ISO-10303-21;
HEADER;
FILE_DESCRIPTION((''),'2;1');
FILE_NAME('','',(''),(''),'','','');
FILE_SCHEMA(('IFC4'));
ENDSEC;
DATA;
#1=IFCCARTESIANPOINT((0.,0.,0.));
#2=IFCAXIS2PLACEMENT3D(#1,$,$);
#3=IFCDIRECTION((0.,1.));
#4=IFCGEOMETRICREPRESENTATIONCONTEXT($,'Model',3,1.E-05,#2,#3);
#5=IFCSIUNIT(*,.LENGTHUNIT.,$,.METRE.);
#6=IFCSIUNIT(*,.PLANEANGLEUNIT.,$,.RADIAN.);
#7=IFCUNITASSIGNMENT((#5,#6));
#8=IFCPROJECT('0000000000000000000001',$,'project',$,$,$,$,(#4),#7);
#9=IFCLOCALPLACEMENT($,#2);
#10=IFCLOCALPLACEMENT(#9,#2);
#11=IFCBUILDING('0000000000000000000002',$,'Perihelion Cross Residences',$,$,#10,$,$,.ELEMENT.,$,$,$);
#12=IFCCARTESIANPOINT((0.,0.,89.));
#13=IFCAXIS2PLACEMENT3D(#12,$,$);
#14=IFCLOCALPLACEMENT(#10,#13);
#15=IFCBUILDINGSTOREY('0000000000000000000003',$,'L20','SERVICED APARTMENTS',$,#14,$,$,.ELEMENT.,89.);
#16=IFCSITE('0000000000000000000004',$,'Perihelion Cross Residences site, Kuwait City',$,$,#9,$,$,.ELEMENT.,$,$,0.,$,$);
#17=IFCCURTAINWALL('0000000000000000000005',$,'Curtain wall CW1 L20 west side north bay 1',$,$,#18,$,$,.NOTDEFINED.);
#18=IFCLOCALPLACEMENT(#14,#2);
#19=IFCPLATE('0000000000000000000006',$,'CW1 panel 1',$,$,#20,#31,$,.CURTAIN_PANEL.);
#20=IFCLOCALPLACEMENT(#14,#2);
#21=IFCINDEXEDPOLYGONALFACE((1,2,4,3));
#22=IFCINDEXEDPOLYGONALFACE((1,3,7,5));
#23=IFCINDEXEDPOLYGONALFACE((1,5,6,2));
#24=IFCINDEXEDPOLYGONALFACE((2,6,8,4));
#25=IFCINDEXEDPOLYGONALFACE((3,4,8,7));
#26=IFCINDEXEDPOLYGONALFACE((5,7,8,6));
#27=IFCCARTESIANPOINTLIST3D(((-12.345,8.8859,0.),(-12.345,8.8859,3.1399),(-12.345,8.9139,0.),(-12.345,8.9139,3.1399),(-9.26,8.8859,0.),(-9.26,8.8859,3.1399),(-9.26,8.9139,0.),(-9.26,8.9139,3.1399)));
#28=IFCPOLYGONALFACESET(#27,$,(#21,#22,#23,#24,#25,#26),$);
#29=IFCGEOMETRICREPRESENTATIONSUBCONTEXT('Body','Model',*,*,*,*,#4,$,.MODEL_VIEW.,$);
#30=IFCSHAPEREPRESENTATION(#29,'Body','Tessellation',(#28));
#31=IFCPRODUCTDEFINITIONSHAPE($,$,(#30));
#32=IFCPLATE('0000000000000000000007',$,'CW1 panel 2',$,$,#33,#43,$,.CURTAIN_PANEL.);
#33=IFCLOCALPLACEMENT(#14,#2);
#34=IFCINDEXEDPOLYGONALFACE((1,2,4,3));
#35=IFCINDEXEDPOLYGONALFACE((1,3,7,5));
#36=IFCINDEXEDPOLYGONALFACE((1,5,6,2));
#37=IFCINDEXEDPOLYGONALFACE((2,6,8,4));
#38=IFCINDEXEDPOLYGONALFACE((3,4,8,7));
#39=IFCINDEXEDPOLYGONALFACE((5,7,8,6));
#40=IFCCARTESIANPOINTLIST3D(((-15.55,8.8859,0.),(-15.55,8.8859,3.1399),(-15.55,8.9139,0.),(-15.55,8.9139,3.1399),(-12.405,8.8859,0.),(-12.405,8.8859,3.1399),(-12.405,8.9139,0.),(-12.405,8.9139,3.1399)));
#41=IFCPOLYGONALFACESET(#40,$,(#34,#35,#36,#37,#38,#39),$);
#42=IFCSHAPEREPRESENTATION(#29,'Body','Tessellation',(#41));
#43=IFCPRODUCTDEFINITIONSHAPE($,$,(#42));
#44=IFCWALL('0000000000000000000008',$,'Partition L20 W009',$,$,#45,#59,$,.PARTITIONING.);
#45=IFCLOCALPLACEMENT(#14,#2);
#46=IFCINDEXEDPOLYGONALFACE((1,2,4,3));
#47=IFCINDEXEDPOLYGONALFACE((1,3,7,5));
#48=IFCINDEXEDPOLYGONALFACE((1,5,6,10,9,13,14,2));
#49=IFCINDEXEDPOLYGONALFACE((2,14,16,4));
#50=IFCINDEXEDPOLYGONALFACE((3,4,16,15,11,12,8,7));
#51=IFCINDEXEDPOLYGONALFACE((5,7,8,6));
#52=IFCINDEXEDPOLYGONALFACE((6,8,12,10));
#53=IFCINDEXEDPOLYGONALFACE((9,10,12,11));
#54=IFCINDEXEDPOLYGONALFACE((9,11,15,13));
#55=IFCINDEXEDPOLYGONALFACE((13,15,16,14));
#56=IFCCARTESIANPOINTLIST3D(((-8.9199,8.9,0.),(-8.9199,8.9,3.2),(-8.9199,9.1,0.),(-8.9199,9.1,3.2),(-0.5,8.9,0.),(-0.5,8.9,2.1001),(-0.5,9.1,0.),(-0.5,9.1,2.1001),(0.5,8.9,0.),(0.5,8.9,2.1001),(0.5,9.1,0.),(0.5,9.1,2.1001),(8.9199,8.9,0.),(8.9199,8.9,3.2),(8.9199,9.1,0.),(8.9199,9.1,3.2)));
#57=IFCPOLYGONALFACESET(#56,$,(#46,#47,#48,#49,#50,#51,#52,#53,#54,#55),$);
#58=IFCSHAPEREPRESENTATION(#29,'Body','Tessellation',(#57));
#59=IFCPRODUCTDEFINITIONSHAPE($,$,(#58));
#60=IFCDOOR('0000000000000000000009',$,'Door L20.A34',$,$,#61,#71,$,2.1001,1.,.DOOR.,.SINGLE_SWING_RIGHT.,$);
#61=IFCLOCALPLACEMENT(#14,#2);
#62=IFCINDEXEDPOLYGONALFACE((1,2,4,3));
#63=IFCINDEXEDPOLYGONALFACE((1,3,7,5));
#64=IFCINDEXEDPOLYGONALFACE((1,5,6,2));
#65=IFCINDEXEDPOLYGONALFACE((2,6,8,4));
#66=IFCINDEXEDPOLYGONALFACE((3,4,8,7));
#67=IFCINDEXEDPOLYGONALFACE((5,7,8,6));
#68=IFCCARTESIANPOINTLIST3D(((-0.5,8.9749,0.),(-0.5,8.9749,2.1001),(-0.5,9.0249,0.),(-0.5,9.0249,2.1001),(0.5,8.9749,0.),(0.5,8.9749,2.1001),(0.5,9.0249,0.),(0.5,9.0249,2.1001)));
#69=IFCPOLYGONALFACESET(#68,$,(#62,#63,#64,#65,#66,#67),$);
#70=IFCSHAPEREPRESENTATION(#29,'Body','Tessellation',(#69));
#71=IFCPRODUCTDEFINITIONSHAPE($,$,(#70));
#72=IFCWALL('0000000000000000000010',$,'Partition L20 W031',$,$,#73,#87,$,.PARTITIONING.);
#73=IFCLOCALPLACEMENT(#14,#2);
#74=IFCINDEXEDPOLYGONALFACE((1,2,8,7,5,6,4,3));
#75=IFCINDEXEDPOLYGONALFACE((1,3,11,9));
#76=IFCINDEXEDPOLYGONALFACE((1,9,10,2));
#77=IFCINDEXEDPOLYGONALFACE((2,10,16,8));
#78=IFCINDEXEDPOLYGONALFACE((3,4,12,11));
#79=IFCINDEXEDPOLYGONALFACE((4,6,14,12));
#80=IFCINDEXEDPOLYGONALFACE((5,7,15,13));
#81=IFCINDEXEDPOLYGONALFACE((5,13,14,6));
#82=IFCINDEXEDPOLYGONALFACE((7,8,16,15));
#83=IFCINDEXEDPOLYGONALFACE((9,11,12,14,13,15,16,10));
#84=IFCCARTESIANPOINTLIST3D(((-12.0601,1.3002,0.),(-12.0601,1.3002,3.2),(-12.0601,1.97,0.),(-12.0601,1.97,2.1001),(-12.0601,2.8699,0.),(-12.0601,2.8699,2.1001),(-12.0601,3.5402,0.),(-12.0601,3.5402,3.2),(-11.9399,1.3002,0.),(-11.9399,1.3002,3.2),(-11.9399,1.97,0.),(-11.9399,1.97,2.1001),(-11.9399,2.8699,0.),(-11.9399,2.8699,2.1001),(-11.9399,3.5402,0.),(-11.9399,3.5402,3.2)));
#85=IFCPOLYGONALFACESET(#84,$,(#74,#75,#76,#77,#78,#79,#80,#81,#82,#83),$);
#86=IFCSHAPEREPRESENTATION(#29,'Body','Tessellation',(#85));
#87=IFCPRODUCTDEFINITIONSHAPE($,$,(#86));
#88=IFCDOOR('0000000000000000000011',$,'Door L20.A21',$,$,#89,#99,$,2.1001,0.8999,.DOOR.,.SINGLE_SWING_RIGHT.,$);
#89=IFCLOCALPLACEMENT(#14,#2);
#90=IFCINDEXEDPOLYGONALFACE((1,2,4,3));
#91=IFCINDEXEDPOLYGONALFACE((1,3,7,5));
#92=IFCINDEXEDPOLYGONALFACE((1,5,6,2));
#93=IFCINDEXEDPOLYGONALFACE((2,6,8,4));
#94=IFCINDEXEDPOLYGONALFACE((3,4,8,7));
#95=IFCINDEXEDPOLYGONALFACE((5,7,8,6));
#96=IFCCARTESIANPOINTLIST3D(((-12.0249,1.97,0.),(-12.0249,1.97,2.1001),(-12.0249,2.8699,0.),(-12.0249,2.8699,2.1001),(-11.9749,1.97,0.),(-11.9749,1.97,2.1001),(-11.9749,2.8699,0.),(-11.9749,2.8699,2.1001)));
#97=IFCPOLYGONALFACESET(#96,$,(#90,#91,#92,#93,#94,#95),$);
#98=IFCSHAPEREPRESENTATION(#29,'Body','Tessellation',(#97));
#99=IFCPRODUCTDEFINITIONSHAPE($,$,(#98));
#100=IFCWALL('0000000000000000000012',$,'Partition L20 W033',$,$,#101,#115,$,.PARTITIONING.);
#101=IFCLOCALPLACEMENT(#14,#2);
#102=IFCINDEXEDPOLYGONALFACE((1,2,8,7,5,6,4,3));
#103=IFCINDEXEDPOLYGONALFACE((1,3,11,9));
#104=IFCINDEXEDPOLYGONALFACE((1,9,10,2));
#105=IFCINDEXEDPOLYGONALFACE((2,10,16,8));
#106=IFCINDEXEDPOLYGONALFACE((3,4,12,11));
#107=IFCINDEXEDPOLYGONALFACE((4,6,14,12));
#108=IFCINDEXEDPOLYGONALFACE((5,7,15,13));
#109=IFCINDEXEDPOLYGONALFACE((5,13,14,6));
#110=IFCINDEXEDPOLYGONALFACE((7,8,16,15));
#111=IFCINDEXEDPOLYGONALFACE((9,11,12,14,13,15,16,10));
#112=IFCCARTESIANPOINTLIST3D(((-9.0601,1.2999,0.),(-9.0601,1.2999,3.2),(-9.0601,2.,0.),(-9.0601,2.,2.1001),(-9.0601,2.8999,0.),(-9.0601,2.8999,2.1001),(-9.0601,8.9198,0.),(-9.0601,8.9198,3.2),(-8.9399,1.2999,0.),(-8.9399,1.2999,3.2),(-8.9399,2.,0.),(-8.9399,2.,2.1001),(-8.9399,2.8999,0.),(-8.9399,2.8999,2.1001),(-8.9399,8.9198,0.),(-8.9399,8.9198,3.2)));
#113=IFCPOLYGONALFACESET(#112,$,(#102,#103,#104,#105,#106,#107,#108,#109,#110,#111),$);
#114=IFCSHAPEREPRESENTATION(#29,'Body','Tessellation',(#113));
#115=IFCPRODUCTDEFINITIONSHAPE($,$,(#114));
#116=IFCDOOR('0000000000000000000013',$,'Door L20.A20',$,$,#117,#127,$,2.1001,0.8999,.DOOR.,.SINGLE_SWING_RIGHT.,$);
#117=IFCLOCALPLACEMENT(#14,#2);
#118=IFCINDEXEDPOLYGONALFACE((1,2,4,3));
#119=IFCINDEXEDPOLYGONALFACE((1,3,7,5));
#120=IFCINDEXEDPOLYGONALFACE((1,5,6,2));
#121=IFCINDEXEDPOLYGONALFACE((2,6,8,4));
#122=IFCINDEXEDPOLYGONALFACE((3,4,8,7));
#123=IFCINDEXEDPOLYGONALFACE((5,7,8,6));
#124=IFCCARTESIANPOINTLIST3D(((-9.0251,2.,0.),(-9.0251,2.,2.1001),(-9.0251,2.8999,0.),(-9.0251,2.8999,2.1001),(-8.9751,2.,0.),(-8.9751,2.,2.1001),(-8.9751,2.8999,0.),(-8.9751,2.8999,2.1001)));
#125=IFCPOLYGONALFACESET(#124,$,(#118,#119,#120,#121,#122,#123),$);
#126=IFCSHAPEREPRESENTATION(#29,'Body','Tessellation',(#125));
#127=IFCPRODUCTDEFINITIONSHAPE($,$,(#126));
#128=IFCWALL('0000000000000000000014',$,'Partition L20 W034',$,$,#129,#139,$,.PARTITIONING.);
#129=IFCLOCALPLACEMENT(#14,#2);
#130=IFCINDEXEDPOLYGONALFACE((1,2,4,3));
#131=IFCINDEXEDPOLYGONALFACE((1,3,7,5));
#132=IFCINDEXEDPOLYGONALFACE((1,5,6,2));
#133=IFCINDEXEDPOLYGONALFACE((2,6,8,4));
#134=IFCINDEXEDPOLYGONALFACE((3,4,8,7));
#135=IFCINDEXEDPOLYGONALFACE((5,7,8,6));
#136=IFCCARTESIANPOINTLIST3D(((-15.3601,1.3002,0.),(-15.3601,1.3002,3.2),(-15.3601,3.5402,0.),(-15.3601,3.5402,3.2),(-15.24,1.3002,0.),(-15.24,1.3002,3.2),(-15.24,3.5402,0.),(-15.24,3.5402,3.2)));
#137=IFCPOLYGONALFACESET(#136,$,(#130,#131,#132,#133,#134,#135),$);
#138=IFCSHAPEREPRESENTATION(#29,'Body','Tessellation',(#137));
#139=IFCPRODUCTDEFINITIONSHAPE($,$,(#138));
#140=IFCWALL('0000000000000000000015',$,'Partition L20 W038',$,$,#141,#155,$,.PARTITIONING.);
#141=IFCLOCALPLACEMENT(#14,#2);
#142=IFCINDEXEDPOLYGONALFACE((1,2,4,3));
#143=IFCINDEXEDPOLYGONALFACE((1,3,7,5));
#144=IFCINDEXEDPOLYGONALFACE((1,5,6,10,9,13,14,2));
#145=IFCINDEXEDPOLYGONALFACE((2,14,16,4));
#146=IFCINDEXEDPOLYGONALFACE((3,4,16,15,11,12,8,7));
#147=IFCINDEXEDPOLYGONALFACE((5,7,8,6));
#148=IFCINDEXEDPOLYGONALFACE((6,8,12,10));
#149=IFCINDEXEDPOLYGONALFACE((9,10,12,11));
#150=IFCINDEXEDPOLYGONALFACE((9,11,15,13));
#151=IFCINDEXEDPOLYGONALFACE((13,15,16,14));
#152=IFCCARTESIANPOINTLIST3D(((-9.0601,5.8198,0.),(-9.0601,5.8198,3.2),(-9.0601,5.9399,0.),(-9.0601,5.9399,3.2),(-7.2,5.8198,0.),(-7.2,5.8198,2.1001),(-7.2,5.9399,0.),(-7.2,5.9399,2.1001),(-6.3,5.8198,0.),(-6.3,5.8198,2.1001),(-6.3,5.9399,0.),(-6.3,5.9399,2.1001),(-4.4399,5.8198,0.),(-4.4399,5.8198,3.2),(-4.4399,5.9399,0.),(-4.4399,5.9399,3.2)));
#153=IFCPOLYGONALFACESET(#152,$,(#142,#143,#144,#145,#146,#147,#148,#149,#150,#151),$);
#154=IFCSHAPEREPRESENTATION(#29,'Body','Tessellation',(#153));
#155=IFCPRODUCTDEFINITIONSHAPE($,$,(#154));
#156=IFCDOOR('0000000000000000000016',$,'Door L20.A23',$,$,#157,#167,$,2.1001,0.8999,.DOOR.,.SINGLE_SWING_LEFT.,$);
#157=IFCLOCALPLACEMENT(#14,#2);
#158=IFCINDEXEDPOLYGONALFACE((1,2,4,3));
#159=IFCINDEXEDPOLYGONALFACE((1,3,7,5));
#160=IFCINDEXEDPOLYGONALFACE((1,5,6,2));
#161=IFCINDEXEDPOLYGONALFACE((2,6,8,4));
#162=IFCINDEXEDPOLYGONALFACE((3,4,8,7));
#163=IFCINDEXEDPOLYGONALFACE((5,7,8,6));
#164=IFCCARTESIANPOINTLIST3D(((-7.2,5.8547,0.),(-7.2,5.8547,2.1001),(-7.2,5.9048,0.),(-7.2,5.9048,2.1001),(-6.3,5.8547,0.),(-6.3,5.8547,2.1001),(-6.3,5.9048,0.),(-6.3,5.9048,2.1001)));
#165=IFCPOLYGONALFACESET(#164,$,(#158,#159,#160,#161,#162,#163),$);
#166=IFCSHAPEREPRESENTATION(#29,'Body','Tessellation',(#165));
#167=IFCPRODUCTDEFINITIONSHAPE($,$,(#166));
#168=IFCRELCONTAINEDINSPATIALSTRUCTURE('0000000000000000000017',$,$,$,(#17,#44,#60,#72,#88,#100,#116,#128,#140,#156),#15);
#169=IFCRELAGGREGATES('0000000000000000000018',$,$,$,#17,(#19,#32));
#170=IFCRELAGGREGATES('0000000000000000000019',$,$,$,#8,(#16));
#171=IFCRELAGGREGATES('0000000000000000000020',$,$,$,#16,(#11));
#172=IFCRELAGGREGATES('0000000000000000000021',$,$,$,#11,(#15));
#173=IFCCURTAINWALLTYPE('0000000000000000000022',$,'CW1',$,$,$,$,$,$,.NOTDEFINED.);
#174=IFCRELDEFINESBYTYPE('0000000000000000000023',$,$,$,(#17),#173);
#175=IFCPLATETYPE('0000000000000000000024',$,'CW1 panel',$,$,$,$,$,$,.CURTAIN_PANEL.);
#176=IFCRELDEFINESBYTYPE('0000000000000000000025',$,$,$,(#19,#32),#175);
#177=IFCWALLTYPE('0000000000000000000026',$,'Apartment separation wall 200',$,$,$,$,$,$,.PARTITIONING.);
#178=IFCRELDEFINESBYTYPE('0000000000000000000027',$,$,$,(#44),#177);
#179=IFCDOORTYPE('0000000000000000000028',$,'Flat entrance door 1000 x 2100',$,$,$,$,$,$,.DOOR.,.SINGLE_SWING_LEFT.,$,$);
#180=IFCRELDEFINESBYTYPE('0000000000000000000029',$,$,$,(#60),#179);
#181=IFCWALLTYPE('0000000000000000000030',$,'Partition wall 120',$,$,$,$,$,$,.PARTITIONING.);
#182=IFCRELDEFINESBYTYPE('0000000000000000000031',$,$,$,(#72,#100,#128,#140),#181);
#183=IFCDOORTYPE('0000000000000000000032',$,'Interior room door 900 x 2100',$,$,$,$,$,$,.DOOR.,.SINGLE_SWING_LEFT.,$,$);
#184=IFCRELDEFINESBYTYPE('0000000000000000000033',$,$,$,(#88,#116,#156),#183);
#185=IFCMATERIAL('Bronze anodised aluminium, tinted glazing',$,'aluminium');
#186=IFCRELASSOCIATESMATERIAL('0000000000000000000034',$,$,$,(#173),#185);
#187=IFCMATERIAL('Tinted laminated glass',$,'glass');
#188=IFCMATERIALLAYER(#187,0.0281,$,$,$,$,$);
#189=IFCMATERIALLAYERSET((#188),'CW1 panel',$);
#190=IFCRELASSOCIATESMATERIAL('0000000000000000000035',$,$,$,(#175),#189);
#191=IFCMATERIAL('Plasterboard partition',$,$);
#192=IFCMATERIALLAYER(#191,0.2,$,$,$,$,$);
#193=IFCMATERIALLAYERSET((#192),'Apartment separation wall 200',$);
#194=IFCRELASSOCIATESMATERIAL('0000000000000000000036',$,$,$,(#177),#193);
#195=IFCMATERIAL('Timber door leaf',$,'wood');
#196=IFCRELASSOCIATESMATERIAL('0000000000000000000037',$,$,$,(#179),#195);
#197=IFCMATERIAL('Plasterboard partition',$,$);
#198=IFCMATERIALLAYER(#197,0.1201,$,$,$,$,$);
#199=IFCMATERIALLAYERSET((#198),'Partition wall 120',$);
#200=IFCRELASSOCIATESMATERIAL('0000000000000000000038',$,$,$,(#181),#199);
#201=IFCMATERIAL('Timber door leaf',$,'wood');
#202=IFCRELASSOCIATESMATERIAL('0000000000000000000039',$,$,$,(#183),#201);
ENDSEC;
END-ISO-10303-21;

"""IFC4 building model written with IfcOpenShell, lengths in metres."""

from ifc_helpers import new_model, si_unit, direction, frame, frame_2d, origin, origin_2d, place, context, subcontext, project, spatial, rectangle, extrude, material, layer, layer_set, type_object, element, fill, aggregate, save


model = new_model("IFC4")

# Units and contexts
model_context = context("Model", 3, precision=1e-05, world=origin(), true_north=direction((0.0, 1.0)))
body_context = subcontext(model_context, "Body", "Model", "MODEL_VIEW")
ifc_project = project(units=[si_unit("LENGTHUNIT", "METRE"), si_unit("PLANEANGLEUNIT", "RADIAN")], contexts=[model_context])

# Site, building, storey
site_placement = place(None, origin())
site = spatial("IfcSite", under=ifc_project, at=site_placement, Name="Perihelion Cross Residences site, Kuwait City", CompositionType="ELEMENT", RefElevation=0.0)
building_placement = place(site_placement, origin())
building = spatial("IfcBuilding", under=site, at=building_placement, Name="Perihelion Cross Residences", CompositionType="ELEMENT")
storey_placement = place(building_placement, frame((0.0, 0.0, 89.0)))
storey = spatial("IfcBuildingStorey", under=building, at=storey_placement, Name="L20", Description="SERVICED APARTMENTS", CompositionType="ELEMENT", Elevation=89.0)

# Shared definitions
ifc_material_1 = material(Name="Bronze anodised aluminium, tinted glazing", Category="aluminium")
curtain_wall_type = type_object("IfcCurtainWallType", Name="CW1", PredefinedType="NOTDEFINED", material=ifc_material_1)

# Curtain wall
curtain_wall_1_placement = place(storey_placement, origin())
curtain_wall_1 = element("IfcCurtainWall", 1, at=curtain_wall_1_placement, inside=storey, type_object=curtain_wall_type, Name="Curtain wall CW1 L20 west side north bay 1", PredefinedType="NOTDEFINED")

# Plates
ifc_material_2 = material(Name="Tinted laminated glass", Category="glass")
ifc_layer_1 = layer(ifc_material_2, 0.0281)
ifc_layer_set_1 = layer_set([ifc_layer_1], Name="CW1 panel")
plate_type = type_object("IfcPlateType", Name="CW1 panel", PredefinedType="CURTAIN_PANEL", material=ifc_layer_set_1)
plate_1_placement = place(storey_placement, frame((-10.8025, 8.8999, 0.0), z_axis=(0.0, 0.0, 1.0), x_axis=(-1.0, 0.0, 0.0)))
plate_1 = element("IfcPlate", 2, at=plate_1_placement, type_object=plate_type, Name="CW1 panel 1", PredefinedType="CURTAIN_PANEL", context=body_context, shape_type="SweptSolid", body=[
    extrude(rectangle(XDim=3.085, YDim=0.0281, at=origin_2d()), origin(), (0.0, 0.0, 1.0), 3.1399),
])
plate_2_placement = place(storey_placement, frame((-13.9775, 8.8999, 0.0), z_axis=(0.0, 0.0, 1.0), x_axis=(-1.0, 0.0, 0.0)))
plate_2 = element("IfcPlate", 3, at=plate_2_placement, type_object=plate_type, Name="CW1 panel 2", PredefinedType="CURTAIN_PANEL", context=body_context, shape_type="SweptSolid", body=[
    extrude(rectangle(XDim=3.145, YDim=0.0281, at=origin_2d()), origin(), (0.0, 0.0, 1.0), 3.1399),
])
aggregate(curtain_wall_1, [plate_1, plate_2])

# Walls, openings, doors
ifc_material_3 = material(Name="Plasterboard partition")
ifc_layer_2 = layer(ifc_material_3, 0.2)
ifc_layer_set_2 = layer_set([ifc_layer_2], Name="Apartment separation wall 200")
wall_type_1 = type_object("IfcWallType", Name="Apartment separation wall 200", PredefinedType="PARTITIONING", material=ifc_layer_set_2)
wall_1_placement = place(storey_placement, frame((-8.9199, 9.0, 0.0), z_axis=(0.0, 0.0, 1.0), x_axis=(1.0, 0.0, 0.0)))
wall_1 = element("IfcWall", 4, at=wall_1_placement, inside=storey, type_object=wall_type_1, Name="Partition L20 W009", PredefinedType="PARTITIONING", context=body_context, shape_type="SweptSolid", body=[
    extrude(rectangle(XDim=17.8398, YDim=0.2, at=frame_2d((8.9199, 0.0))), origin(), (0.0, 0.0, 1.0), 3.2),
])
opening_1_placement = place(wall_1_placement, frame((8.4199, 0.0, 0.0)))
opening_1 = element("IfcOpeningElement", 5, at=opening_1_placement, cuts=wall_1, PredefinedType="OPENING", context=body_context, shape_type="SweptSolid", body=[
    extrude(rectangle(XDim=1.0, YDim=2.1001, at=frame_2d((0.5, 1.05))), frame((0.0, 0.1099, 0.0), z_axis=(0.0, -1.0, 0.0), x_axis=(1.0, 0.0, 0.0)), (0.0, 0.0, 1.0), 0.22),
])
ifc_material_4 = material(Name="Timber door leaf", Category="wood")
door_type_1 = type_object("IfcDoorType", Name="Flat entrance door 1000 x 2100", OperationType="SINGLE_SWING_LEFT", PredefinedType="DOOR", material=ifc_material_4)
door_1_placement = place(opening_1_placement, origin())
door_1 = element("IfcDoor", 6, at=door_1_placement, inside=storey, type_object=door_type_1, Name="Door L20.A34", OperationType="SINGLE_SWING_RIGHT", OverallHeight=2.1001, OverallWidth=1.0, PredefinedType="DOOR", context=body_context, shape_type="SweptSolid", body=[
    extrude(rectangle(XDim=1.0, YDim=2.1001, at=frame_2d((0.5, 1.05))), frame((0.0, 0.0249, 0.0), z_axis=(0.0, -1.0, 0.0), x_axis=(1.0, 0.0, 0.0)), (0.0, 0.0, 1.0), 0.05),
])
fill(opening_1, door_1)
ifc_material_5 = material(Name="Plasterboard partition")
ifc_layer_3 = layer(ifc_material_5, 0.1201)
ifc_layer_set_3 = layer_set([ifc_layer_3], Name="Partition wall 120")
wall_type_2 = type_object("IfcWallType", Name="Partition wall 120", PredefinedType="PARTITIONING", material=ifc_layer_set_3)
wall_2_placement = place(storey_placement, frame((-12.0, 1.3, 0.0), z_axis=(0.0, 0.0, 1.0), x_axis=(0.0, 1.0, 0.0)))
wall_2 = element("IfcWall", 7, at=wall_2_placement, inside=storey, type_object=wall_type_2, Name="Partition L20 W031", PredefinedType="PARTITIONING", context=body_context, shape_type="SweptSolid", body=[
    extrude(rectangle(XDim=2.24, YDim=0.1201, at=frame_2d((1.1201, 0.0))), origin(), (0.0, 0.0, 1.0), 3.2),
])
opening_2_placement = place(wall_2_placement, frame((0.6699, 0.0, 0.0)))
opening_2 = element("IfcOpeningElement", 8, at=opening_2_placement, cuts=wall_2, PredefinedType="OPENING", context=body_context, shape_type="SweptSolid", body=[
    extrude(rectangle(XDim=0.8999, YDim=2.1001, at=frame_2d((0.45, 1.05))), frame((0.0, 0.0701, 0.0), z_axis=(0.0, -1.0, 0.0), x_axis=(1.0, 0.0, 0.0)), (0.0, 0.0, 1.0), 0.1401),
])
ifc_material_6 = material(Name="Timber door leaf", Category="wood")
door_type_2 = type_object("IfcDoorType", Name="Interior room door 900 x 2100", OperationType="SINGLE_SWING_LEFT", PredefinedType="DOOR", material=ifc_material_6)
door_2_placement = place(opening_2_placement, origin())
door_2 = element("IfcDoor", 9, at=door_2_placement, inside=storey, type_object=door_type_2, Name="Door L20.A21", OperationType="SINGLE_SWING_RIGHT", OverallHeight=2.1001, OverallWidth=0.8999, PredefinedType="DOOR", context=body_context, shape_type="SweptSolid", body=[
    extrude(rectangle(XDim=0.8999, YDim=2.1001, at=frame_2d((0.45, 1.05))), frame((0.0, 0.0249, 0.0), z_axis=(0.0, -1.0, 0.0), x_axis=(1.0, 0.0, 0.0)), (0.0, 0.0, 1.0), 0.05),
])
fill(opening_2, door_2)
wall_3_placement = place(storey_placement, frame((-9.0, 8.9199, 0.0), z_axis=(0.0, 0.0, 1.0), x_axis=(0.0, -1.0, 0.0)))
wall_3 = element("IfcWall", 10, at=wall_3_placement, inside=storey, type_object=wall_type_2, Name="Partition L20 W033", PredefinedType="PARTITIONING", context=body_context, shape_type="SweptSolid", body=[
    extrude(rectangle(XDim=7.6199, YDim=0.1201, at=frame_2d((3.8101, 0.0))), origin(), (0.0, 0.0, 1.0), 3.2),
])
opening_3_placement = place(wall_3_placement, frame((6.02, 0.0, 0.0)))
opening_3 = element("IfcOpeningElement", 11, at=opening_3_placement, cuts=wall_3, PredefinedType="OPENING", context=body_context, shape_type="SweptSolid", body=[
    extrude(rectangle(XDim=0.8999, YDim=2.1001, at=frame_2d((0.45, 1.05))), frame((0.0, 0.0701, 0.0), z_axis=(0.0, -1.0, 0.0), x_axis=(1.0, 0.0, 0.0)), (0.0, 0.0, 1.0), 0.1401),
])
door_3_placement = place(opening_3_placement, origin())
door_3 = element("IfcDoor", 12, at=door_3_placement, inside=storey, type_object=door_type_2, Name="Door L20.A20", OperationType="SINGLE_SWING_RIGHT", OverallHeight=2.1001, OverallWidth=0.8999, PredefinedType="DOOR", context=body_context, shape_type="SweptSolid", body=[
    extrude(rectangle(XDim=0.8999, YDim=2.1001, at=frame_2d((0.45, 1.05))), frame((0.0, 0.0249, 0.0), z_axis=(0.0, -1.0, 0.0), x_axis=(1.0, 0.0, 0.0)), (0.0, 0.0, 1.0), 0.05),
])
fill(opening_3, door_3)

# Wall
wall_4_placement = place(storey_placement, frame((-15.3, 1.3, 0.0), z_axis=(0.0, 0.0, 1.0), x_axis=(0.0, 1.0, 0.0)))
element("IfcWall", 13, at=wall_4_placement, inside=storey, type_object=wall_type_2, Name="Partition L20 W034", PredefinedType="PARTITIONING", context=body_context, shape_type="SweptSolid", body=[
    extrude(rectangle(XDim=2.24, YDim=0.1201, at=frame_2d((1.1201, 0.0))), origin(), (0.0, 0.0, 1.0), 3.2),
])

# Wall, opening, door
wall_5_placement = place(storey_placement, frame((-9.0601, 5.8799, 0.0), z_axis=(0.0, 0.0, 1.0), x_axis=(1.0, 0.0, 0.0)))
wall_5 = element("IfcWall", 14, at=wall_5_placement, inside=storey, type_object=wall_type_2, Name="Partition L20 W038", PredefinedType="PARTITIONING", context=body_context, shape_type="SweptSolid", body=[
    extrude(rectangle(XDim=4.6201, YDim=0.1201, at=frame_2d((2.3101, 0.0))), origin(), (0.0, 0.0, 1.0), 3.2),
])
opening_4_placement = place(wall_5_placement, frame((1.8601, 0.0, 0.0)))
opening_4 = element("IfcOpeningElement", 15, at=opening_4_placement, cuts=wall_5, PredefinedType="OPENING", context=body_context, shape_type="SweptSolid", body=[
    extrude(rectangle(XDim=0.8999, YDim=2.1001, at=frame_2d((0.45, 1.05))), frame((0.0, 0.0701, 0.0), z_axis=(0.0, -1.0, 0.0), x_axis=(1.0, 0.0, 0.0)), (0.0, 0.0, 1.0), 0.1401),
])
door_4_placement = place(opening_4_placement, origin())
door_4 = element("IfcDoor", 16, at=door_4_placement, inside=storey, type_object=door_type_2, Name="Door L20.A23", OperationType="SINGLE_SWING_LEFT", OverallHeight=2.1001, OverallWidth=0.8999, PredefinedType="DOOR", context=body_context, shape_type="SweptSolid", body=[
    extrude(rectangle(XDim=0.8999, YDim=2.1001, at=frame_2d((0.45, 1.05))), frame((0.0, 0.0249, 0.0), z_axis=(0.0, -1.0, 0.0), x_axis=(1.0, 0.0, 0.0)), (0.0, 0.0, 1.0), 0.05),
])
fill(opening_4, door_4)

save(model, "model.ifc")
